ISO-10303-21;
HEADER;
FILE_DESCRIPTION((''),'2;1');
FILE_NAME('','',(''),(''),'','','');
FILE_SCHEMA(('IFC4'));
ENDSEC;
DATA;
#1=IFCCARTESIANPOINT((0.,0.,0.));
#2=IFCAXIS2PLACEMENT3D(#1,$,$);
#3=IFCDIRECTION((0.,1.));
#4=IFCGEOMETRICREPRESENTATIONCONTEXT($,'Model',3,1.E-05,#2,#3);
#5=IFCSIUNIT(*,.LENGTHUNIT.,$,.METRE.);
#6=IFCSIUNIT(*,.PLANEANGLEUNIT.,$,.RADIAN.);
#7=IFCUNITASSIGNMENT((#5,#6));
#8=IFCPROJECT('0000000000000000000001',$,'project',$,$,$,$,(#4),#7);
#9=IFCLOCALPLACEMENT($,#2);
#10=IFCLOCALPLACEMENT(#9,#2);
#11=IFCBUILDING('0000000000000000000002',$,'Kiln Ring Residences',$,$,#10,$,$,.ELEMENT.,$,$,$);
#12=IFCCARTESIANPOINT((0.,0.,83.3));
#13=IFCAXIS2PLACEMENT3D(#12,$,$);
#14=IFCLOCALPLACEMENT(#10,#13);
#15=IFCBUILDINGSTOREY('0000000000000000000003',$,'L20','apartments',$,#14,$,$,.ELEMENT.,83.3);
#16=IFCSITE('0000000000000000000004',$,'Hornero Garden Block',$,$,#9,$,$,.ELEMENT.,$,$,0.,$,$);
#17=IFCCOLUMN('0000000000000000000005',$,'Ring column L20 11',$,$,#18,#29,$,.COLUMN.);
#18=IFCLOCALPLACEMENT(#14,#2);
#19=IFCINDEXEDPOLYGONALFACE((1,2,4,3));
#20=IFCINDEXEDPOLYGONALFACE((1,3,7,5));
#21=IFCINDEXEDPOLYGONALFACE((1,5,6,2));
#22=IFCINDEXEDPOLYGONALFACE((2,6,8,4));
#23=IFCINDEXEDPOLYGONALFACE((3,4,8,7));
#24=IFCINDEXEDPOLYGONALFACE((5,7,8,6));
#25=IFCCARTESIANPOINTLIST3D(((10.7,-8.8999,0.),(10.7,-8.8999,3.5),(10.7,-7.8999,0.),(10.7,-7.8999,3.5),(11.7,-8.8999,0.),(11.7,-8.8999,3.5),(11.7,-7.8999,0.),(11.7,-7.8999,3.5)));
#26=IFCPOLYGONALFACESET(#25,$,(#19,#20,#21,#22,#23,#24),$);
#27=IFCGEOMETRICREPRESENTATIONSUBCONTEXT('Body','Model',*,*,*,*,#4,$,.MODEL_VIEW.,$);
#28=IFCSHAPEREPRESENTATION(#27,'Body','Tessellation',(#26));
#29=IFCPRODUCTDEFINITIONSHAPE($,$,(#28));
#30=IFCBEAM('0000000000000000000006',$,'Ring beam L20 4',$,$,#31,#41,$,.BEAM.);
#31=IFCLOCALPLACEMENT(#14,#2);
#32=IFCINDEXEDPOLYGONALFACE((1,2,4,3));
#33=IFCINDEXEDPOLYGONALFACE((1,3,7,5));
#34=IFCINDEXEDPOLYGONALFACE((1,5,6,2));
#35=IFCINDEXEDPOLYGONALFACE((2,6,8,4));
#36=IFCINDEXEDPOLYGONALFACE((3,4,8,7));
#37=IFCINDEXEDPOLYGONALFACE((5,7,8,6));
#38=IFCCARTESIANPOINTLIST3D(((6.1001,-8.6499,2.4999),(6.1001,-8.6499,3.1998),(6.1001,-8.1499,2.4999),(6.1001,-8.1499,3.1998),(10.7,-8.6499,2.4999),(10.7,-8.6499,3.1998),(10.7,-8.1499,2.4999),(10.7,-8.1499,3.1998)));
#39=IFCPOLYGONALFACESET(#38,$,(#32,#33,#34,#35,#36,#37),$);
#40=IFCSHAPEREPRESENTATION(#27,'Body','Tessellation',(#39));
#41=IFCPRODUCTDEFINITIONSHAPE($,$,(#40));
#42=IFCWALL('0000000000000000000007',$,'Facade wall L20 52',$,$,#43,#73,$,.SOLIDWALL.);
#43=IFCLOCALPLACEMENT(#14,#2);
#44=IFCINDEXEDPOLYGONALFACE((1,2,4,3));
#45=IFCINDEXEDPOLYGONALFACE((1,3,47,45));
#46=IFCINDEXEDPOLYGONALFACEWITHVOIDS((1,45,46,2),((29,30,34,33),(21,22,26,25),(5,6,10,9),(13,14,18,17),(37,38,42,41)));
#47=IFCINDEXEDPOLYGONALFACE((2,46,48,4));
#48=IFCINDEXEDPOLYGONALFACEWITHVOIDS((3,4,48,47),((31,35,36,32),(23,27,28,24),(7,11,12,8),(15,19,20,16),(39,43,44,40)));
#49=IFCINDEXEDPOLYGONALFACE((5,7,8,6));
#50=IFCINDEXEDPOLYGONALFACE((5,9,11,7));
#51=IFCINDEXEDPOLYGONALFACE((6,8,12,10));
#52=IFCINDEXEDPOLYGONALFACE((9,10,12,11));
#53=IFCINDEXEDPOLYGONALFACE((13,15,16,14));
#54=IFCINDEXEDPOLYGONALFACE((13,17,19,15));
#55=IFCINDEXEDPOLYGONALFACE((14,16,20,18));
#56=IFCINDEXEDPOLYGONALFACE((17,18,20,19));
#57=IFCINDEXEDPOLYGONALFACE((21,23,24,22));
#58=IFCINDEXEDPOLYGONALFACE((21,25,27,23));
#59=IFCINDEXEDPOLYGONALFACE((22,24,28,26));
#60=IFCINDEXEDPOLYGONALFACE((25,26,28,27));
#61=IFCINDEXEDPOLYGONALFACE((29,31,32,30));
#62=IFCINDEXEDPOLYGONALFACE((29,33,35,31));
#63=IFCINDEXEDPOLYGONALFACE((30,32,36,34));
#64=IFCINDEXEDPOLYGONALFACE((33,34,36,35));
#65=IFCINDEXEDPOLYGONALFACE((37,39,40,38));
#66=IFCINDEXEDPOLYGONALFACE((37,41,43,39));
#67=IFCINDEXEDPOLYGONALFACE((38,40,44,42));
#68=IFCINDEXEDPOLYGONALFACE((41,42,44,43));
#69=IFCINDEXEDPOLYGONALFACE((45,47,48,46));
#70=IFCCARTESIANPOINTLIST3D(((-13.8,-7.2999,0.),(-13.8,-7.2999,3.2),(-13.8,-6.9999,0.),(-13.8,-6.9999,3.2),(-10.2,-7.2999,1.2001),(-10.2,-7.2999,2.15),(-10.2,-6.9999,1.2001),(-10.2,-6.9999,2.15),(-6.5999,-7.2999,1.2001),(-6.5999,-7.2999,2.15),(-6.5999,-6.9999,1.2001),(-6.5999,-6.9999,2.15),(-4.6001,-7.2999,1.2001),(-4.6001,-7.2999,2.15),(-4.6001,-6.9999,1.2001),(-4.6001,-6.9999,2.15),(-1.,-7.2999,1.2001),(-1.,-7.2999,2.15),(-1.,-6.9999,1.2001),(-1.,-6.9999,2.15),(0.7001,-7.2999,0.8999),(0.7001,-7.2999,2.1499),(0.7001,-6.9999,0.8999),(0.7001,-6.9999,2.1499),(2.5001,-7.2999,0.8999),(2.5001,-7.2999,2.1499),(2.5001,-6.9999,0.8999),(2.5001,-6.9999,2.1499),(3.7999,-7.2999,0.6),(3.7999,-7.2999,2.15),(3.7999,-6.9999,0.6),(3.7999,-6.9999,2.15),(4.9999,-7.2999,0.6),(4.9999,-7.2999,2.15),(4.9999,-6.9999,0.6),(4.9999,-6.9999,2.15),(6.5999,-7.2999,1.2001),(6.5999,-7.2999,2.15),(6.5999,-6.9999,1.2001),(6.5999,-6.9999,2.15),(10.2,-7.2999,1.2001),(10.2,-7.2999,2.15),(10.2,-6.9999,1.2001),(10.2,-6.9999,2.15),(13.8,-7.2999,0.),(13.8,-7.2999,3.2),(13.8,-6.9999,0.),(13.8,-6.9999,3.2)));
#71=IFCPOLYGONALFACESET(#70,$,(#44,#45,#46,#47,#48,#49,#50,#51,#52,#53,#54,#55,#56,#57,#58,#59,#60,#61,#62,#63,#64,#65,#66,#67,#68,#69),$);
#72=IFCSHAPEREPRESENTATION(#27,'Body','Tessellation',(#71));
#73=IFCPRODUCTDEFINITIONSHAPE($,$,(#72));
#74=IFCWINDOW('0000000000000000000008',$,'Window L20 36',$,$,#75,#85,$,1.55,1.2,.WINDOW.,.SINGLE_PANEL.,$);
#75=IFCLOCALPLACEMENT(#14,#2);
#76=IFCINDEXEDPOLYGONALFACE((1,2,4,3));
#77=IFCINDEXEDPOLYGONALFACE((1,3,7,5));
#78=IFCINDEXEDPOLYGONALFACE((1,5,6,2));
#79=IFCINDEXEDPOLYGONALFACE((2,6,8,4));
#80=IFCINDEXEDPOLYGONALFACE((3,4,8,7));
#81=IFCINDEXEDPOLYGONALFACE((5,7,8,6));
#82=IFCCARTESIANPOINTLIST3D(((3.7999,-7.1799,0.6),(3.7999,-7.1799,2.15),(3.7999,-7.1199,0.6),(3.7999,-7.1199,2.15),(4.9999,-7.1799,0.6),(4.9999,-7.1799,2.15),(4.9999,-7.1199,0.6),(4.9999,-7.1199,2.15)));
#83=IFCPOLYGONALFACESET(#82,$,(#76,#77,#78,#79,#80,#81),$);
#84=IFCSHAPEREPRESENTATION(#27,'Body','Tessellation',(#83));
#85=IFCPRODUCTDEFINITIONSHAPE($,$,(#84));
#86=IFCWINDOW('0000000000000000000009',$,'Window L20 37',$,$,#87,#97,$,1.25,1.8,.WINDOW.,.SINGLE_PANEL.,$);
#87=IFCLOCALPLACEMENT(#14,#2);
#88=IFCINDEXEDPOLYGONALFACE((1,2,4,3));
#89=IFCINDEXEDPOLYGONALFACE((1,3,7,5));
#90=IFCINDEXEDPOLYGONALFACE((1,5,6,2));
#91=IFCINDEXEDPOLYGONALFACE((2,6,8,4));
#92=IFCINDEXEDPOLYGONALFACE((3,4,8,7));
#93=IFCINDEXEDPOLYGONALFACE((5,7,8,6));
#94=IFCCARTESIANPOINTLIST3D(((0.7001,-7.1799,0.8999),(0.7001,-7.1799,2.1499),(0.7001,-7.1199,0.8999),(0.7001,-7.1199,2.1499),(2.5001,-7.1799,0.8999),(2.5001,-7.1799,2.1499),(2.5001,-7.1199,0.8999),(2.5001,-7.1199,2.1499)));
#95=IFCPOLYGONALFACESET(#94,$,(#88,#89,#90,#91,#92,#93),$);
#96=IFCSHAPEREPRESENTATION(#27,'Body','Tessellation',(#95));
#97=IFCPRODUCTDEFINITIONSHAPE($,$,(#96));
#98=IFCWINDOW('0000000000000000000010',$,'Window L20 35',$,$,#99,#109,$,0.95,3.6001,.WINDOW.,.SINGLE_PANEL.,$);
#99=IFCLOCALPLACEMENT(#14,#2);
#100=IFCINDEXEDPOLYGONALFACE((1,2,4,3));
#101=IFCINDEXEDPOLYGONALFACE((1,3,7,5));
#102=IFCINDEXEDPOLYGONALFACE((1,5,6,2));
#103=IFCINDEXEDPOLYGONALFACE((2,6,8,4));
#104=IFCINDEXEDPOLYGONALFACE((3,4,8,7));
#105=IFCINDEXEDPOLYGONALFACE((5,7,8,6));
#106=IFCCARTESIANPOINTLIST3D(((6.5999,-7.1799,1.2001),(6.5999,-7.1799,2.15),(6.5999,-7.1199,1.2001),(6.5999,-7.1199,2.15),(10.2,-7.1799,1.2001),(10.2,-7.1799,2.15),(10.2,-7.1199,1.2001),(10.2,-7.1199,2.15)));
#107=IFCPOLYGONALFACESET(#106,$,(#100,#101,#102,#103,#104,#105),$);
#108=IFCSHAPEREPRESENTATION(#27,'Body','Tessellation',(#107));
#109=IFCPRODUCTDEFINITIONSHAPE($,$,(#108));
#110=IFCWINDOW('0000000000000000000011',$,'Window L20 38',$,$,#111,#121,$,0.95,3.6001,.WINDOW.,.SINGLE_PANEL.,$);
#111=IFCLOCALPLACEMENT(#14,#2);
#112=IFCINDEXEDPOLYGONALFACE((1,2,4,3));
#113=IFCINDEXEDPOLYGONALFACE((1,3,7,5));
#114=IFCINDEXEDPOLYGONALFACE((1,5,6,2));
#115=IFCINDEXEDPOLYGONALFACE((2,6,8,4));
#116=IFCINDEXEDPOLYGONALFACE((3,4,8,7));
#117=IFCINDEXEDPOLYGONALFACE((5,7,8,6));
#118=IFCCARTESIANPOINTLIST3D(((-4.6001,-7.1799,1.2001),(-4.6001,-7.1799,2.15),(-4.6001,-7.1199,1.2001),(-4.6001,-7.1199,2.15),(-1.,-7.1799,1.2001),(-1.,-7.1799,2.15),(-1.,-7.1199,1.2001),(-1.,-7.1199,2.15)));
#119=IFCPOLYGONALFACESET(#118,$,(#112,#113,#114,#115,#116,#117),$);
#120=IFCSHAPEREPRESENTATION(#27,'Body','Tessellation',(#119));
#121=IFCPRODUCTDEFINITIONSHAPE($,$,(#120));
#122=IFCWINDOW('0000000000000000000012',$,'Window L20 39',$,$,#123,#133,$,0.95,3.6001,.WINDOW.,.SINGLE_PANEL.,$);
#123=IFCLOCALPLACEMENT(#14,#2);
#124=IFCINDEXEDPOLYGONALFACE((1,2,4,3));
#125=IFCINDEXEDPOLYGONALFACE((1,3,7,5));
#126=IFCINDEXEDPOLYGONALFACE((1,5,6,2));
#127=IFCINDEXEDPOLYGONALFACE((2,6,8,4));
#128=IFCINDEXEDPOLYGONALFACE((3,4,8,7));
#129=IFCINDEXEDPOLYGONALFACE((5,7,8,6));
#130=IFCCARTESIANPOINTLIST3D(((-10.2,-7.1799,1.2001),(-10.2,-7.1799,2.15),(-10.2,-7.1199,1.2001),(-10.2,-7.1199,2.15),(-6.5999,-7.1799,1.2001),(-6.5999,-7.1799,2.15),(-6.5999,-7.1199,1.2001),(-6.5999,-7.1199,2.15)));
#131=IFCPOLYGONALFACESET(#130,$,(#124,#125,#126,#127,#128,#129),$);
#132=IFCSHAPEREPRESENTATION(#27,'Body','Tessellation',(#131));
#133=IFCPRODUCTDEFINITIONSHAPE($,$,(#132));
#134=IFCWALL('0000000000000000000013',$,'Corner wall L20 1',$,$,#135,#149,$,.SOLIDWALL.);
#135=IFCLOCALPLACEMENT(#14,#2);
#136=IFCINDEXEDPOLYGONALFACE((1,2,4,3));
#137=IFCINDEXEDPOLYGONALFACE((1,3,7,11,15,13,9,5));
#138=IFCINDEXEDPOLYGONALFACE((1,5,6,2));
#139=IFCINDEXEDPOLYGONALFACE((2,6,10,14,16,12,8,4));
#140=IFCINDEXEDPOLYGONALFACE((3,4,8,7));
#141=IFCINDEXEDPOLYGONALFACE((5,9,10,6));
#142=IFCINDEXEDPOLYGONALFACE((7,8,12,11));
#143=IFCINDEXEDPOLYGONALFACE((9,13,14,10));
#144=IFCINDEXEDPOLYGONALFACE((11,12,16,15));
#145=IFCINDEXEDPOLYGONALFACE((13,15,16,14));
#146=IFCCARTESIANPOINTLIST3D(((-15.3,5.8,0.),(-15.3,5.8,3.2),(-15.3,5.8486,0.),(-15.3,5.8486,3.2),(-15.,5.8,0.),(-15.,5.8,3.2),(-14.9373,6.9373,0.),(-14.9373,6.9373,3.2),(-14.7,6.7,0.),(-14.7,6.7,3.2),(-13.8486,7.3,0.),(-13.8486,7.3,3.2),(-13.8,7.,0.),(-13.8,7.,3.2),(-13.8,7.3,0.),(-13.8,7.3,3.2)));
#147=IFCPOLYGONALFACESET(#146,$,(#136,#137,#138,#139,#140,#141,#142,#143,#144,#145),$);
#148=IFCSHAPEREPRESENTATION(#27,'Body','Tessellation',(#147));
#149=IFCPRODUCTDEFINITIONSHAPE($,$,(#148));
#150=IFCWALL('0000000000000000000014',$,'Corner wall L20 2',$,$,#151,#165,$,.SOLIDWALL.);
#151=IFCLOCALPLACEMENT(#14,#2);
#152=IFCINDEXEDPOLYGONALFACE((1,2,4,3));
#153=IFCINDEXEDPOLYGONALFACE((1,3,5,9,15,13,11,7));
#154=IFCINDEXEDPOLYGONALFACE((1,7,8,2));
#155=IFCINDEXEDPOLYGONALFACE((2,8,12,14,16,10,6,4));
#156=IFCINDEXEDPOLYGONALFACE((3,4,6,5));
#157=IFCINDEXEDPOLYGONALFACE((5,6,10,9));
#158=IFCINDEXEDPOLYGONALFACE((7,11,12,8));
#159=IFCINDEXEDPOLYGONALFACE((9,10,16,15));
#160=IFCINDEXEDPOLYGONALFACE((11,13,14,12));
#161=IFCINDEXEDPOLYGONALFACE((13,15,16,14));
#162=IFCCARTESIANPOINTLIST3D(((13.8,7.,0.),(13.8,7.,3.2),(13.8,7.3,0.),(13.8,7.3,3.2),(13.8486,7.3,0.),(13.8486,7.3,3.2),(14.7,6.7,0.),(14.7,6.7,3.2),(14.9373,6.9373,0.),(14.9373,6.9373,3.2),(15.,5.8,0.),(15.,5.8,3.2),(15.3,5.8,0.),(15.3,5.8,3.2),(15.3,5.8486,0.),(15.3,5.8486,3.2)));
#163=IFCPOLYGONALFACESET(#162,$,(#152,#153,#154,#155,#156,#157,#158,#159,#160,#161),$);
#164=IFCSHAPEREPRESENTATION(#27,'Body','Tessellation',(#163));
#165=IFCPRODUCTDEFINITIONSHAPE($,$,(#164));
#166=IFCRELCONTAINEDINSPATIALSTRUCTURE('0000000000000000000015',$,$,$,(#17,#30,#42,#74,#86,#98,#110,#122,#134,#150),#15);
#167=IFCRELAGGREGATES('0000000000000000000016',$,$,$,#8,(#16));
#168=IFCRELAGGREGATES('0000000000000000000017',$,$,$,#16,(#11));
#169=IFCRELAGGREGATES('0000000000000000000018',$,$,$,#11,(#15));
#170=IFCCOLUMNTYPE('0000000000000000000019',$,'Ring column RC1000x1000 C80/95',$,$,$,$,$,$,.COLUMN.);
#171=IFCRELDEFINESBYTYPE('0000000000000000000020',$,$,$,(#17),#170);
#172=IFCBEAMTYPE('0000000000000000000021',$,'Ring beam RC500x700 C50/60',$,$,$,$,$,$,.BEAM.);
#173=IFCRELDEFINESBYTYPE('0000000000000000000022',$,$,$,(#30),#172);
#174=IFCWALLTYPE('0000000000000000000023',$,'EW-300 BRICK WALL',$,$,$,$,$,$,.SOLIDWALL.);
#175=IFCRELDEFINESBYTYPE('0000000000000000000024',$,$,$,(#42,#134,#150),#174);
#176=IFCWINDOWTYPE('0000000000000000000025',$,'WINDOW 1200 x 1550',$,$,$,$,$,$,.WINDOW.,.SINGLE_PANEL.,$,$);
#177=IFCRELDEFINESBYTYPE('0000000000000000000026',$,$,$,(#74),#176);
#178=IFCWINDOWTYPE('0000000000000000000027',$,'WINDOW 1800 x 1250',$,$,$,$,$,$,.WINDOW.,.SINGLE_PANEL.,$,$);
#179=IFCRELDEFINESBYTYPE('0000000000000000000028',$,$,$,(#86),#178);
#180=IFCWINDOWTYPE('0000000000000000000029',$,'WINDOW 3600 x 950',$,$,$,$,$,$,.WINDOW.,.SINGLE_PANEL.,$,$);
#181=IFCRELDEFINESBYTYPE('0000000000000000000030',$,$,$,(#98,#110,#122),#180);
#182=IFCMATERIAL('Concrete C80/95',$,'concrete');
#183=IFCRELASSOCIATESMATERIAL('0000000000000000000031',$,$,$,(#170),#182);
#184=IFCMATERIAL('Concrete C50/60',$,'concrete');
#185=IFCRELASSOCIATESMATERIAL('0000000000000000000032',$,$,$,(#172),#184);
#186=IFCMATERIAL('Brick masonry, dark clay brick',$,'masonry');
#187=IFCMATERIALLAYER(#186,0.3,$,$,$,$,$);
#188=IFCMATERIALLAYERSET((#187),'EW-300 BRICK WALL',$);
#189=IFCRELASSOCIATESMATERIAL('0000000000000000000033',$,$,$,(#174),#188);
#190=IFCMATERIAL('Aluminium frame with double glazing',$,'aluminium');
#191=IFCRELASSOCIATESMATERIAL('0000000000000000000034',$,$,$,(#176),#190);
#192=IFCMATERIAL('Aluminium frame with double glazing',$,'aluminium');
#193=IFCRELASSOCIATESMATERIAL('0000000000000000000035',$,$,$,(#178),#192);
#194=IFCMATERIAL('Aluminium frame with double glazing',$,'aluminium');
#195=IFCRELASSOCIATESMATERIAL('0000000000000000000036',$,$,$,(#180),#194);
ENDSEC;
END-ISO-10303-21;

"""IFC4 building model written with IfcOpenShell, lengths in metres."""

from ifc_helpers import new_model, si_unit, direction, frame, frame_2d, origin, origin_2d, place, context, subcontext, project, spatial, polyline, rectangle, outline, extrude, material, layer, layer_set, material_profile, profile_set, type_object, element, fill, save


model = new_model("IFC4")

# Units and contexts
model_context = context("Model", 3, precision=1e-05, world=origin(), true_north=direction((0.0, 1.0)))
body_context = subcontext(model_context, "Body", "Model", "MODEL_VIEW")
ifc_project = project(units=[si_unit("LENGTHUNIT", "METRE"), si_unit("PLANEANGLEUNIT", "RADIAN")], contexts=[model_context])

# Site, building, storey
site_placement = place(None, origin())
site = spatial("IfcSite", under=ifc_project, at=site_placement, Name="Hornero Garden Block", CompositionType="ELEMENT", RefElevation=0.0)
building_placement = place(site_placement, origin())
building = spatial("IfcBuilding", under=site, at=building_placement, Name="Kiln Ring Residences", CompositionType="ELEMENT")
storey_placement = place(building_placement, frame((0.0, 0.0, 83.3)))
storey = spatial("IfcBuildingStorey", under=building, at=storey_placement, Name="L20", Description="apartments", CompositionType="ELEMENT", Elevation=83.3)

# Column
ifc_material_1 = material(Name="Concrete C80/95", Category="concrete")
ifc_material_profile_1 = material_profile(ifc_material_1, rectangle(XDim=1.0, YDim=1.0, at=origin_2d()), Name="RC1000x1000")
ifc_profile_set_1 = profile_set([ifc_material_profile_1], Name="Concrete C80/95")
column_type = type_object("IfcColumnType", Name="Ring column RC1000x1000 C80/95", PredefinedType="COLUMN", material=ifc_profile_set_1)
column_placement = place(storey_placement, frame((11.2, -8.3999, 0.0), z_axis=(0.0, 0.0, 1.0), x_axis=(1.0, 0.0, 0.0)))
element("IfcColumn", 1, at=column_placement, inside=storey, type_object=column_type, Name="Ring column L20 11", PredefinedType="COLUMN", context=body_context, shape_type="SweptSolid", body=[
    extrude(rectangle(XDim=1.0, YDim=1.0, at=origin_2d()), origin(), (0.0, 0.0, 1.0), 3.5),
])

# Beam
ifc_material_2 = material(Name="Concrete C50/60", Category="concrete")
ifc_material_profile_2 = material_profile(ifc_material_2, rectangle(XDim=0.5, YDim=0.7, at=origin_2d()), Name="RC500x700")
ifc_profile_set_2 = profile_set([ifc_material_profile_2], Name="Concrete C50/60")
beam_type = type_object("IfcBeamType", Name="Ring beam RC500x700 C50/60", PredefinedType="BEAM", material=ifc_profile_set_2)
beam_placement = place(storey_placement, frame((6.1001, -8.3999, 2.8499), z_axis=(1.0, 0.0, 0.0), x_axis=(0.0, 1.0, 0.0)))
element("IfcBeam", 2, at=beam_placement, inside=storey, type_object=beam_type, Name="Ring beam L20 4", PredefinedType="BEAM", context=body_context, shape_type="SweptSolid", body=[
    extrude(rectangle(XDim=0.5, YDim=0.7, at=origin_2d()), origin(), (0.0, 0.0, 1.0), 4.5999),
])

# Wall, openings, windows
ifc_material_3 = material(Name="Brick masonry, dark clay brick", Category="masonry")
ifc_layer_1 = layer(ifc_material_3, 0.3)
ifc_layer_set_1 = layer_set([ifc_layer_1], Name="EW-300 BRICK WALL")
wall_type = type_object("IfcWallType", Name="EW-300 BRICK WALL", PredefinedType="SOLIDWALL", material=ifc_layer_set_1)
wall_1_placement = place(storey_placement, frame((13.8, -7.1499, 0.0), z_axis=(0.0, 0.0, 1.0), x_axis=(-1.0, 0.0, 0.0)))
wall_1 = element("IfcWall", 3, at=wall_1_placement, inside=storey, type_object=wall_type, Name="Facade wall L20 52", PredefinedType="SOLIDWALL", context=body_context, shape_type="SweptSolid", body=[
    extrude(rectangle(XDim=27.6001, YDim=0.3, at=frame_2d((13.8, 0.0))), origin(), (0.0, 0.0, 1.0), 3.2),
])
opening_1_placement = place(wall_1_placement, frame((3.6001, 0.0, 1.2)))
opening_1 = element("IfcOpeningElement", 4, at=opening_1_placement, cuts=wall_1, PredefinedType="OPENING", context=body_context, shape_type="SweptSolid", body=[
    extrude(rectangle(XDim=3.6001, YDim=0.95, at=frame_2d((1.8, 0.4751))), frame((0.0, 0.1599, 0.0), z_axis=(0.0, -1.0, 0.0), x_axis=(1.0, 0.0, 0.0)), (0.0, 0.0, 1.0), 0.3201),
])
opening_2_placement = place(wall_1_placement, frame((8.8, 0.0, 0.6001)))
opening_2 = element("IfcOpeningElement", 5, at=opening_2_placement, cuts=wall_1, PredefinedType="OPENING", context=body_context, shape_type="SweptSolid", body=[
    extrude(rectangle(XDim=1.2, YDim=1.55, at=frame_2d((0.6001, 0.7749))), frame((0.0, 0.1599, 0.0), z_axis=(0.0, -1.0, 0.0), x_axis=(1.0, 0.0, 0.0)), (0.0, 0.0, 1.0), 0.3201),
])
opening_3_placement = place(wall_1_placement, frame((11.3, 0.0, 0.8999)))
opening_3 = element("IfcOpeningElement", 6, at=opening_3_placement, cuts=wall_1, PredefinedType="OPENING", context=body_context, shape_type="SweptSolid", body=[
    extrude(rectangle(XDim=1.8, YDim=1.25, at=frame_2d((0.8999, 0.625))), frame((0.0, 0.1599, 0.0), z_axis=(0.0, -1.0, 0.0), x_axis=(1.0, 0.0, 0.0)), (0.0, 0.0, 1.0), 0.3201),
])
opening_4_placement = place(wall_1_placement, frame((14.8, 0.0, 1.2)))
opening_4 = element("IfcOpeningElement", 7, at=opening_4_placement, cuts=wall_1, PredefinedType="OPENING", context=body_context, shape_type="SweptSolid", body=[
    extrude(rectangle(XDim=3.6001, YDim=0.95, at=frame_2d((1.8, 0.4751))), frame((0.0, 0.1599, 0.0), z_axis=(0.0, -1.0, 0.0), x_axis=(1.0, 0.0, 0.0)), (0.0, 0.0, 1.0), 0.3201),
])
opening_5_placement = place(wall_1_placement, frame((20.3999, 0.0, 1.2)))
opening_5 = element("IfcOpeningElement", 8, at=opening_5_placement, cuts=wall_1, PredefinedType="OPENING", context=body_context, shape_type="SweptSolid", body=[
    extrude(rectangle(XDim=3.6001, YDim=0.95, at=frame_2d((1.8, 0.4751))), frame((0.0, 0.1599, 0.0), z_axis=(0.0, -1.0, 0.0), x_axis=(1.0, 0.0, 0.0)), (0.0, 0.0, 1.0), 0.3201),
])
ifc_material_4 = material(Name="Aluminium frame with double glazing", Category="aluminium")
window_type_1 = type_object("IfcWindowType", Name="WINDOW 1200 x 1550", PartitioningType="SINGLE_PANEL", PredefinedType="WINDOW", material=ifc_material_4)
window_1_placement = place(opening_2_placement, origin())
window_1 = element("IfcWindow", 9, at=window_1_placement, inside=storey, type_object=window_type_1, Name="Window L20 36", OverallHeight=1.55, OverallWidth=1.2, PartitioningType="SINGLE_PANEL", PredefinedType="WINDOW", context=body_context, shape_type="SweptSolid", body=[
    extrude(rectangle(XDim=1.2, YDim=1.55, at=frame_2d((0.6001, 0.7749))), frame((0.0, 0.03, 0.0), z_axis=(0.0, -1.0, 0.0), x_axis=(1.0, 0.0, 0.0)), (0.0, 0.0, 1.0), 0.0601),
])
fill(opening_2, window_1)
ifc_material_5 = material(Name="Aluminium frame with double glazing", Category="aluminium")
window_type_2 = type_object("IfcWindowType", Name="WINDOW 1800 x 1250", PartitioningType="SINGLE_PANEL", PredefinedType="WINDOW", material=ifc_material_5)
window_2_placement = place(opening_3_placement, origin())
window_2 = element("IfcWindow", 10, at=window_2_placement, inside=storey, type_object=window_type_2, Name="Window L20 37", OverallHeight=1.25, OverallWidth=1.8, PartitioningType="SINGLE_PANEL", PredefinedType="WINDOW", context=body_context, shape_type="SweptSolid", body=[
    extrude(rectangle(XDim=1.8, YDim=1.25, at=frame_2d((0.8999, 0.625))), frame((0.0, 0.03, 0.0), z_axis=(0.0, -1.0, 0.0), x_axis=(1.0, 0.0, 0.0)), (0.0, 0.0, 1.0), 0.0601),
])
fill(opening_3, window_2)
ifc_material_6 = material(Name="Aluminium frame with double glazing", Category="aluminium")
window_type_3 = type_object("IfcWindowType", Name="WINDOW 3600 x 950", PartitioningType="SINGLE_PANEL", PredefinedType="WINDOW", material=ifc_material_6)
window_3_placement = place(opening_1_placement, origin())
window_3 = element("IfcWindow", 11, at=window_3_placement, inside=storey, type_object=window_type_3, Name="Window L20 35", OverallHeight=0.95, OverallWidth=3.6001, PartitioningType="SINGLE_PANEL", PredefinedType="WINDOW", context=body_context, shape_type="SweptSolid", body=[
    extrude(rectangle(XDim=3.6001, YDim=0.95, at=frame_2d((1.8, 0.4751))), frame((0.0, 0.03, 0.0), z_axis=(0.0, -1.0, 0.0), x_axis=(1.0, 0.0, 0.0)), (0.0, 0.0, 1.0), 0.0601),
])
fill(opening_1, window_3)
window_4_placement = place(opening_4_placement, origin())
window_4 = element("IfcWindow", 12, at=window_4_placement, inside=storey, type_object=window_type_3, Name="Window L20 38", OverallHeight=0.95, OverallWidth=3.6001, PartitioningType="SINGLE_PANEL", PredefinedType="WINDOW", context=body_context, shape_type="SweptSolid", body=[
    extrude(rectangle(XDim=3.6001, YDim=0.95, at=frame_2d((1.8, 0.4751))), frame((0.0, 0.03, 0.0), z_axis=(0.0, -1.0, 0.0), x_axis=(1.0, 0.0, 0.0)), (0.0, 0.0, 1.0), 0.0601),
])
fill(opening_4, window_4)
window_5_placement = place(opening_5_placement, origin())
window_5 = element("IfcWindow", 13, at=window_5_placement, inside=storey, type_object=window_type_3, Name="Window L20 39", OverallHeight=0.95, OverallWidth=3.6001, PartitioningType="SINGLE_PANEL", PredefinedType="WINDOW", context=body_context, shape_type="SweptSolid", body=[
    extrude(rectangle(XDim=3.6001, YDim=0.95, at=frame_2d((1.8, 0.4751))), frame((0.0, 0.03, 0.0), z_axis=(0.0, -1.0, 0.0), x_axis=(1.0, 0.0, 0.0)), (0.0, 0.0, 1.0), 0.0601),
])
fill(opening_5, window_5)

# Walls
placement = place(storey_placement, origin())
element("IfcWall", 14, at=placement, inside=storey, type_object=wall_type, Name="Corner wall L20 1", PredefinedType="SOLIDWALL", context=body_context, shape_type="SweptSolid", body=[
    extrude(outline(polyline([(-13.8486, 7.3), (-14.9373, 6.9373), (-15.3, 5.8486), (-15.3, 5.8), (-15.0, 5.8), (-14.7, 6.7), (-13.8, 7.0), (-13.8, 7.3), (-13.8486, 7.3)])), origin(), (0.0, 0.0, 1.0), 3.2),
])
element("IfcWall", 15, at=placement, inside=storey, type_object=wall_type, Name="Corner wall L20 2", PredefinedType="SOLIDWALL", context=body_context, shape_type="SweptSolid", body=[
    extrude(outline(polyline([(14.9373, 6.9373), (13.8486, 7.3), (13.8, 7.3), (13.8, 7.0), (14.7, 6.7), (15.0, 5.8), (15.3, 5.8), (15.3, 5.8486), (14.9373, 6.9373)])), origin(), (0.0, 0.0, 1.0), 3.2),
])

save(model, "model.ifc")
